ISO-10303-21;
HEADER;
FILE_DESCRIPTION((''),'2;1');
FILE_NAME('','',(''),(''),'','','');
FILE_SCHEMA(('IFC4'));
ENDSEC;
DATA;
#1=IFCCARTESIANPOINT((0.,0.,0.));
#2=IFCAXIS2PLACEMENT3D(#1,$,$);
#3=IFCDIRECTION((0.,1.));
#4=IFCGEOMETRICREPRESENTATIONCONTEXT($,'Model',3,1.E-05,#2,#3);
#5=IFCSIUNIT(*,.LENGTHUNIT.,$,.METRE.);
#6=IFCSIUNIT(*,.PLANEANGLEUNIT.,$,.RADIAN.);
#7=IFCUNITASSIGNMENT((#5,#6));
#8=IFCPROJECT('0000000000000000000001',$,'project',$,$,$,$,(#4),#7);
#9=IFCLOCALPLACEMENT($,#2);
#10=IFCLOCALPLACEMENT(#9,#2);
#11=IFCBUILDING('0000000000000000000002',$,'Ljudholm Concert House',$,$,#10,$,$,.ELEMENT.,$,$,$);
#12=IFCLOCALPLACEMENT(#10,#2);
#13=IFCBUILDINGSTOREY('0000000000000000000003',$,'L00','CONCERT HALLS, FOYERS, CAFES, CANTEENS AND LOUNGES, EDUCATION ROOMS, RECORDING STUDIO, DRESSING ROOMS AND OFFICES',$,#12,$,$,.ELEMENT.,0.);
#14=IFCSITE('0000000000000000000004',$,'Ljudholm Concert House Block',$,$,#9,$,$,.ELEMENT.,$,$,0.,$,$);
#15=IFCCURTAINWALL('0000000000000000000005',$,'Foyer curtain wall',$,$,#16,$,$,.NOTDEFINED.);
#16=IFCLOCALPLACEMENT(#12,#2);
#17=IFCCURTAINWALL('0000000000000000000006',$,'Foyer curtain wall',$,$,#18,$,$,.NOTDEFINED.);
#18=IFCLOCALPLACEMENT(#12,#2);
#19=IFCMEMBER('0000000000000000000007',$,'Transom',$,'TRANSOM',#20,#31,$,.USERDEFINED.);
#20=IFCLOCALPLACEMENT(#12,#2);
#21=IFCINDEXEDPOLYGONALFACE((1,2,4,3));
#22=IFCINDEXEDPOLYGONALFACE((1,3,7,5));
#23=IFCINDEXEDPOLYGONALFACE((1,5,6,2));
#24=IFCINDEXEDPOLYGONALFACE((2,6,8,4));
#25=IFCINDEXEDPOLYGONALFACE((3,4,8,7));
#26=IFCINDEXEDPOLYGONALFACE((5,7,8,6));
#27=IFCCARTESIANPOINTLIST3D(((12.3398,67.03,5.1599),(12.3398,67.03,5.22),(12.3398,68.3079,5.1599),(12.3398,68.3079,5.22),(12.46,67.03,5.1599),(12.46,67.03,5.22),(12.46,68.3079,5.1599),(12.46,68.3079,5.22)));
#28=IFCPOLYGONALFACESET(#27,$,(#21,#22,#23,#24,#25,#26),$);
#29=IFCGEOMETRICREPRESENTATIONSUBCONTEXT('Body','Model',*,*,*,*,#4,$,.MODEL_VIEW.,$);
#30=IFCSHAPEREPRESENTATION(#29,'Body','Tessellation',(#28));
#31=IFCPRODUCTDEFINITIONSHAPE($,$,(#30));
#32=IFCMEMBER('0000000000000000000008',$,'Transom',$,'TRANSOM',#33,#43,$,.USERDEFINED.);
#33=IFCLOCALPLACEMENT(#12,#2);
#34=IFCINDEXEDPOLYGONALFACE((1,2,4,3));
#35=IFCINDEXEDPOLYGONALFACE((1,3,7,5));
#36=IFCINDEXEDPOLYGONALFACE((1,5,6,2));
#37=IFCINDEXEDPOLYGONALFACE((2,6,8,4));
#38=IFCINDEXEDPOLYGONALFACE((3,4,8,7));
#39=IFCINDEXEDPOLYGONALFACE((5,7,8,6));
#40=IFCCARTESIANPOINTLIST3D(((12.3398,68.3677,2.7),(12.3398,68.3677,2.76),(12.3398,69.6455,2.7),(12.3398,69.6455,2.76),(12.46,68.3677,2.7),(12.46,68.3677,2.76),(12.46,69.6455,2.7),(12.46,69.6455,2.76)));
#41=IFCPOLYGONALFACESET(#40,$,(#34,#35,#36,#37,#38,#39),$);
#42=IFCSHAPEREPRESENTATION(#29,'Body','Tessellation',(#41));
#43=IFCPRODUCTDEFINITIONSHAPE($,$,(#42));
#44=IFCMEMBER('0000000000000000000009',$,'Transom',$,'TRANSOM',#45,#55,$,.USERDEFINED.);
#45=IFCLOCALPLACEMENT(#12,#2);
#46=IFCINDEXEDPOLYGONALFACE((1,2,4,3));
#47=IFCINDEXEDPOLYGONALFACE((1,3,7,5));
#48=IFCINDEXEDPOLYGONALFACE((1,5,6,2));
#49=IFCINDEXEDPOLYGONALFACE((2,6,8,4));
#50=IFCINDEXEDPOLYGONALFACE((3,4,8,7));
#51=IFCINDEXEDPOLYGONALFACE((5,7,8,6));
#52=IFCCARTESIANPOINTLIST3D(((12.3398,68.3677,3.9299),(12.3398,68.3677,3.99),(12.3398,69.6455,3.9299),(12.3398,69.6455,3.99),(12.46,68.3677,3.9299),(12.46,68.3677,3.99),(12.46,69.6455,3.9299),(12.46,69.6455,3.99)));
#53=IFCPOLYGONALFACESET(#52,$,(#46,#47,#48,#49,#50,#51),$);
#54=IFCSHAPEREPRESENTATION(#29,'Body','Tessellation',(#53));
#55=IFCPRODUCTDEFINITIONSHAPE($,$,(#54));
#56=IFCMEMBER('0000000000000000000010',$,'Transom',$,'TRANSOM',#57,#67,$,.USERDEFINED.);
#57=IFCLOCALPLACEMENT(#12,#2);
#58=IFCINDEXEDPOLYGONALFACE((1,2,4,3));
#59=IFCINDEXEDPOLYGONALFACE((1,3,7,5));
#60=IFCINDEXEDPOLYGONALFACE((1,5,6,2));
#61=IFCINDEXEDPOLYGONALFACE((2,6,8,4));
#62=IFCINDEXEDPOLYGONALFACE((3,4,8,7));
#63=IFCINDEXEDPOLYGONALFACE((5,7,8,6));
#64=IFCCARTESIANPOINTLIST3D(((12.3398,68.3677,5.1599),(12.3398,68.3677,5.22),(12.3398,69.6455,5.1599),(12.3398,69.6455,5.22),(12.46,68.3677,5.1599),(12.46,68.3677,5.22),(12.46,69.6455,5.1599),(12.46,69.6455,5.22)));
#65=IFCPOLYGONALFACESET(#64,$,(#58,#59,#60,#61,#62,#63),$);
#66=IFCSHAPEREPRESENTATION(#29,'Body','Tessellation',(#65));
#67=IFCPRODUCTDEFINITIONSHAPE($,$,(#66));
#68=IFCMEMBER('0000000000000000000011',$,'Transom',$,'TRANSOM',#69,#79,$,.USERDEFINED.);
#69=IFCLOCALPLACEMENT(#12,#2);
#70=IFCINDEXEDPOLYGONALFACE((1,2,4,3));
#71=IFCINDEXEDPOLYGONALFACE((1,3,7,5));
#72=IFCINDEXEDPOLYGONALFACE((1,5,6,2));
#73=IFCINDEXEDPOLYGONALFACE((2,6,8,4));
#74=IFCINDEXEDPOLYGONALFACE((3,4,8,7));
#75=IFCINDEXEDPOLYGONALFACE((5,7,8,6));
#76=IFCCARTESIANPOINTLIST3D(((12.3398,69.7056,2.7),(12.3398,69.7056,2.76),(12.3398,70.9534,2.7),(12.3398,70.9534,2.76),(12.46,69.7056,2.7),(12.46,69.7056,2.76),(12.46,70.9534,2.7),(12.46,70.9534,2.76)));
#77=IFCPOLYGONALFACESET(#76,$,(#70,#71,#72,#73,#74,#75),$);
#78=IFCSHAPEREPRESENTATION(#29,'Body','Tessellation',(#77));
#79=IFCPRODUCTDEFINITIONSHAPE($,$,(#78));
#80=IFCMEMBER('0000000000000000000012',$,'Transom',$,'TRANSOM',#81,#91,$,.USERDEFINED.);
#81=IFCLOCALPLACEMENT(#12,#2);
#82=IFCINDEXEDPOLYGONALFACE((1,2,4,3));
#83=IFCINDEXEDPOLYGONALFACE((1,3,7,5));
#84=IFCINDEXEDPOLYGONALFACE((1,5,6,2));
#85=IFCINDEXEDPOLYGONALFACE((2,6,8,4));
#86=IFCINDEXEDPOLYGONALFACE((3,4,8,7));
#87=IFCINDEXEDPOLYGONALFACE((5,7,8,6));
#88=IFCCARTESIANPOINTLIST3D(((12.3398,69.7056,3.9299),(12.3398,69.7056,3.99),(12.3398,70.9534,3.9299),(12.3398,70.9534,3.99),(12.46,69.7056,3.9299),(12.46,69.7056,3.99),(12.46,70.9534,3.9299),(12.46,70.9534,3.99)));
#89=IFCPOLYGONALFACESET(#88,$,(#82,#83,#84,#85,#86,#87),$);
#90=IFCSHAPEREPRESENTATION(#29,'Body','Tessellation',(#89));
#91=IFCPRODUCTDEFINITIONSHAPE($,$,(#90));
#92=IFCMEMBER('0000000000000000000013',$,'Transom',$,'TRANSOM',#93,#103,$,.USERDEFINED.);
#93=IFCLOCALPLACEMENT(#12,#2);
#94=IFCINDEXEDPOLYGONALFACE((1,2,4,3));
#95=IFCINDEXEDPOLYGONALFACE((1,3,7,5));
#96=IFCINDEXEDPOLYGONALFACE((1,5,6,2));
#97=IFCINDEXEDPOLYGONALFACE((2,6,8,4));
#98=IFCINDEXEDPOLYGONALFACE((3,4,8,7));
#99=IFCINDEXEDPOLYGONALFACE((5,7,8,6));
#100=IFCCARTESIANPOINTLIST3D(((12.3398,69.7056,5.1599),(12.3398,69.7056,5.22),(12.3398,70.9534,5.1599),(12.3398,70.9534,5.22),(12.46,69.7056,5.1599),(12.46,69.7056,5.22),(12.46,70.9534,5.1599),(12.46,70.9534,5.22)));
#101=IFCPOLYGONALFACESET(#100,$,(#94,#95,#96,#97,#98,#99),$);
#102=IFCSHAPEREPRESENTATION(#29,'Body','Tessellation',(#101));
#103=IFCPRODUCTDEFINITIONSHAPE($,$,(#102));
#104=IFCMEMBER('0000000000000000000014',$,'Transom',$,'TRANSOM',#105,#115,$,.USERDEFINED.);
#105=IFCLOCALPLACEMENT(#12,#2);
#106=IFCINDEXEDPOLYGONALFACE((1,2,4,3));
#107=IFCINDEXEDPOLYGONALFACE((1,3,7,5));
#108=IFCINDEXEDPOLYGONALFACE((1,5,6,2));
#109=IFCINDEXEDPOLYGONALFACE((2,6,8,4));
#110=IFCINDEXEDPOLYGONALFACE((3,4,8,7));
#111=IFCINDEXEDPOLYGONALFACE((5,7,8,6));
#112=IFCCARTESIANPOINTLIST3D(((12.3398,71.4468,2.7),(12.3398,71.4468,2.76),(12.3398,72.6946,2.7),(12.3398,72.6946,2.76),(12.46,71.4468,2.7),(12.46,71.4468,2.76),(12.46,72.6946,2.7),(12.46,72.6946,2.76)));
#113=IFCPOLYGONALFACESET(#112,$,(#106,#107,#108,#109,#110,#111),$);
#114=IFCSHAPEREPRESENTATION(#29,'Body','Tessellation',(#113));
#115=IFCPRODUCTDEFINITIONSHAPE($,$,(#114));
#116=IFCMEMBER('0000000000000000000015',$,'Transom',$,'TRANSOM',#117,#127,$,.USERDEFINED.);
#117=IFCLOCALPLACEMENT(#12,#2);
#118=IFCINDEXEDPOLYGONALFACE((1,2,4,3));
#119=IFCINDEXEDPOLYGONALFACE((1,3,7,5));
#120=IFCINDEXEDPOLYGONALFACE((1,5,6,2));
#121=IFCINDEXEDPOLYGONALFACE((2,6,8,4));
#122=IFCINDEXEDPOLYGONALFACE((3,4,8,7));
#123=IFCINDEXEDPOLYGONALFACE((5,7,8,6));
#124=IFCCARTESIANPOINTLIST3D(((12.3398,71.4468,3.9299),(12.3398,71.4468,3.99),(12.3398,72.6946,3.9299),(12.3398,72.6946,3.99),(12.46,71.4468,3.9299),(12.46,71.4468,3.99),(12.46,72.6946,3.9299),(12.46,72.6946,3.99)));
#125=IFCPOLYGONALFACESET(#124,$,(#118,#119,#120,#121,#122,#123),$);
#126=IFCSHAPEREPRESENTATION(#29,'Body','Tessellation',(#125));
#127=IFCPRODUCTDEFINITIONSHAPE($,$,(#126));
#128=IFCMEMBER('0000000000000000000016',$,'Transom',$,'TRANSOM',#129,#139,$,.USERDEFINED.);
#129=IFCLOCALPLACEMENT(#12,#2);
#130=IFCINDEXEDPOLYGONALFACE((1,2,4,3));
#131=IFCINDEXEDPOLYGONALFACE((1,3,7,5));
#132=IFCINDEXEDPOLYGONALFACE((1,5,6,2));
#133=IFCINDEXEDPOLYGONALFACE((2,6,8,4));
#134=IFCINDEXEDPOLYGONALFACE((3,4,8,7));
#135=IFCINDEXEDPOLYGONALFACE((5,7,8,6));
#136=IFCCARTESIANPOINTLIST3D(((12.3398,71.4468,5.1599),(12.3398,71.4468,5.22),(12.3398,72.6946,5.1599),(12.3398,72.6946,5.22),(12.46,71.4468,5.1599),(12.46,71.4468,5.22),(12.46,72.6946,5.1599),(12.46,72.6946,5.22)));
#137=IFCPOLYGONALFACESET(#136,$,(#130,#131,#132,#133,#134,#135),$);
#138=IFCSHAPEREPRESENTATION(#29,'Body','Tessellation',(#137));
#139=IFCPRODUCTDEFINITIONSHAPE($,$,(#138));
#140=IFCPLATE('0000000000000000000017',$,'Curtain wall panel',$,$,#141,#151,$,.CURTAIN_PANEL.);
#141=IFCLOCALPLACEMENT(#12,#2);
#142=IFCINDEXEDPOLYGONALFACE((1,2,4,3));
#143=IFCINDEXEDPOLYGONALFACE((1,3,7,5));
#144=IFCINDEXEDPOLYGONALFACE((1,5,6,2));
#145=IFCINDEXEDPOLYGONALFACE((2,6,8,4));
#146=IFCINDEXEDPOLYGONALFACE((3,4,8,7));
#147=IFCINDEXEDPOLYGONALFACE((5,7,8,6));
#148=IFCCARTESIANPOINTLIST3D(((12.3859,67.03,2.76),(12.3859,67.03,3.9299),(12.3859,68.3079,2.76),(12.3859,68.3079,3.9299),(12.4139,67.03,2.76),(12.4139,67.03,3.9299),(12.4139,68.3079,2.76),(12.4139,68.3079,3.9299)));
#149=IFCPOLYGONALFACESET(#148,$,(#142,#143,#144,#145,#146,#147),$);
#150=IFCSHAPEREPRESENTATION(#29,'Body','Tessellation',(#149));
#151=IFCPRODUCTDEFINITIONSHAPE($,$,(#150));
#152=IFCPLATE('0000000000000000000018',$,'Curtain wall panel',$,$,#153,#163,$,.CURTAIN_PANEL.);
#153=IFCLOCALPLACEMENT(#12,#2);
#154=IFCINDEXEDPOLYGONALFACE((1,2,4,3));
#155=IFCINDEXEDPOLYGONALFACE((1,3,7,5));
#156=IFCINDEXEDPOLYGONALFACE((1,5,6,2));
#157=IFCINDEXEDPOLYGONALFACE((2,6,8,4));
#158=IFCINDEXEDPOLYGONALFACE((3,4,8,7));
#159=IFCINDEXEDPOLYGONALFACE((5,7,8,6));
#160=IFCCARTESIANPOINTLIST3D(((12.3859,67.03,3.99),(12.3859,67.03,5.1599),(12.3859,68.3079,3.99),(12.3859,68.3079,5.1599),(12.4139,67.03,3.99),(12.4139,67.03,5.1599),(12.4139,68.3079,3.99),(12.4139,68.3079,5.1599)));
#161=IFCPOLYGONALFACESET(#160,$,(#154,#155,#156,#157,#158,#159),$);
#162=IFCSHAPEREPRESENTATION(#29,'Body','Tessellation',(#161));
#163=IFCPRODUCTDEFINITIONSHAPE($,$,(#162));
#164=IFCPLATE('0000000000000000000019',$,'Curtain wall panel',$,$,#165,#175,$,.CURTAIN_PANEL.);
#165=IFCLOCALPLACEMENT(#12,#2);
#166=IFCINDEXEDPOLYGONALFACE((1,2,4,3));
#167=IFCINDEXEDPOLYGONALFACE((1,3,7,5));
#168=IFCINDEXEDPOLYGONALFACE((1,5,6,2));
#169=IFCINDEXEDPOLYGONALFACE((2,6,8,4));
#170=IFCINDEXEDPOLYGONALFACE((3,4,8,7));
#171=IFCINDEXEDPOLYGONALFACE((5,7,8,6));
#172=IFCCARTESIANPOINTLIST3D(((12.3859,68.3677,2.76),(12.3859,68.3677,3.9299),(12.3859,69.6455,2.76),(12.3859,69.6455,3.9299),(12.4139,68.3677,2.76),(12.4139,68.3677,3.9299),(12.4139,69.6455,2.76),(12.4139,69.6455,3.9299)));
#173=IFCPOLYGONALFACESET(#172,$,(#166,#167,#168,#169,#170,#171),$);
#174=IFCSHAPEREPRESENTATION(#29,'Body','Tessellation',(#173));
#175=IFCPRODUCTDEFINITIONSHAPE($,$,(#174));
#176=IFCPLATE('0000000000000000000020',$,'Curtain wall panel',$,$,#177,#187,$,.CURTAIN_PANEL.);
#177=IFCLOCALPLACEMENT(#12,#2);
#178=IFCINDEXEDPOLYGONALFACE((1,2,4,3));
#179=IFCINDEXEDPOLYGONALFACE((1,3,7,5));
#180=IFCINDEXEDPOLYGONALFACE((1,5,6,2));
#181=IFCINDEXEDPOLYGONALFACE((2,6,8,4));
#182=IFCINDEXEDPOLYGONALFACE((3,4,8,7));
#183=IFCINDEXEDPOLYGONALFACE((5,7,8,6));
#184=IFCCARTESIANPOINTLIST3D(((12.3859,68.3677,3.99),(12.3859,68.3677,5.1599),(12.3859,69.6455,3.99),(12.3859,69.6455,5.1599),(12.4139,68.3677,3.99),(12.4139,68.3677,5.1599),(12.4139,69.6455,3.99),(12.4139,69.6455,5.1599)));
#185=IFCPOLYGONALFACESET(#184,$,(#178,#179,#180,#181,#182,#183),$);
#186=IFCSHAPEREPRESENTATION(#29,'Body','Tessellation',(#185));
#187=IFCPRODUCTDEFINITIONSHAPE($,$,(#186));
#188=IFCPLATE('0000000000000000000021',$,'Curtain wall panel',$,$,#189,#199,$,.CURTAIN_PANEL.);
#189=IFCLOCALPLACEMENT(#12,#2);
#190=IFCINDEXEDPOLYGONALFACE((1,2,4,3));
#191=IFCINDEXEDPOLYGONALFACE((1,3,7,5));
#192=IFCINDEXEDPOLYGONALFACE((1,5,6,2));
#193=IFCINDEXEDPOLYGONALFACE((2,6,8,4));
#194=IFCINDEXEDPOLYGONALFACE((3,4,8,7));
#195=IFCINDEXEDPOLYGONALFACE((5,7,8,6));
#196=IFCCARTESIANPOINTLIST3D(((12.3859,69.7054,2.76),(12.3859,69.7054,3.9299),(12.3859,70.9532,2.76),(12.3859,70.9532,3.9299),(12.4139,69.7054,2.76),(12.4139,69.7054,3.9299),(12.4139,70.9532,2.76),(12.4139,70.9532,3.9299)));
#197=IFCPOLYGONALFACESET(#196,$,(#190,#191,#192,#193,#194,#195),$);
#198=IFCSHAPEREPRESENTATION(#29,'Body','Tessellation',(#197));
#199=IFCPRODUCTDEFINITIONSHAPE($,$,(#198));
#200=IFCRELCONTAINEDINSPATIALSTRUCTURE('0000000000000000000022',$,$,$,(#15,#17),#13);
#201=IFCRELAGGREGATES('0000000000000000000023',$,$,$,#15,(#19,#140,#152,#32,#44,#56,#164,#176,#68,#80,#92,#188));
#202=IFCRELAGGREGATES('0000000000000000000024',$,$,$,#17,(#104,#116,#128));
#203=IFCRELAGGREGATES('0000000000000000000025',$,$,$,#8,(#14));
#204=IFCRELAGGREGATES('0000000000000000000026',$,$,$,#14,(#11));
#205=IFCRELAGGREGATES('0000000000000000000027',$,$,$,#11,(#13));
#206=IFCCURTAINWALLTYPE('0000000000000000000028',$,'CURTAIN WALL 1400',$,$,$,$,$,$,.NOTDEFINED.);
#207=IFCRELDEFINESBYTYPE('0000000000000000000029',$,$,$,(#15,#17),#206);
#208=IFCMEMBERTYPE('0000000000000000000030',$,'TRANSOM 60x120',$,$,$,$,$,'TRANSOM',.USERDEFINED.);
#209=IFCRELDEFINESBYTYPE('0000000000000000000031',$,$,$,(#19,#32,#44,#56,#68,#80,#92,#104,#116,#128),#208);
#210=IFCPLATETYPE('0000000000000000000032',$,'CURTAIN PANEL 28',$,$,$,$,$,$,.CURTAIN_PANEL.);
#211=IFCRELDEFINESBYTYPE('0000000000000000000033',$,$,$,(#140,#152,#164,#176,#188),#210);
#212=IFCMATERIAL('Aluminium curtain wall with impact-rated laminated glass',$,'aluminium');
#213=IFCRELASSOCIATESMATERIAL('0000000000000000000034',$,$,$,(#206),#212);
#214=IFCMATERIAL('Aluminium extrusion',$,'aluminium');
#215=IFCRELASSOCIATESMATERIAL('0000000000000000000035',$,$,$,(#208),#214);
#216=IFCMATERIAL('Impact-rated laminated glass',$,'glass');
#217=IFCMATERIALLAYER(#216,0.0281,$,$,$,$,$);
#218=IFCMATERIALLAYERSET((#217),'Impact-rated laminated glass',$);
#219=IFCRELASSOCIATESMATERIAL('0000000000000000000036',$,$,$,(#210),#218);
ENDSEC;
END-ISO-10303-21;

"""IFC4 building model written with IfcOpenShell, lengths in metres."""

from ifc_helpers import new_model, si_unit, direction, frame, origin, origin_2d, place, context, subcontext, project, spatial, rectangle, extrude, material, layer, layer_set, material_profile, profile_set, type_object, element, aggregate, save


model = new_model("IFC4")

# Units and contexts
model_context = context("Model", 3, precision=1e-05, world=origin(), true_north=direction((0.0, 1.0)))
body_context = subcontext(model_context, "Body", "Model", "MODEL_VIEW")
ifc_project = project(units=[si_unit("LENGTHUNIT", "METRE"), si_unit("PLANEANGLEUNIT", "RADIAN")], contexts=[model_context])

# Site, building, storey
site_placement = place(None, origin())
site = spatial("IfcSite", under=ifc_project, at=site_placement, Name="Ljudholm Concert House Block", CompositionType="ELEMENT", RefElevation=0.0)
building_placement = place(site_placement, origin())
building = spatial("IfcBuilding", under=site, at=building_placement, Name="Ljudholm Concert House", CompositionType="ELEMENT")
storey_placement = place(building_placement, origin())
storey = spatial("IfcBuildingStorey", under=building, at=storey_placement, Name="L00", Description="CONCERT HALLS, FOYERS, CAFES, CANTEENS AND LOUNGES, EDUCATION ROOMS, RECORDING STUDIO, DRESSING ROOMS AND OFFICES", CompositionType="ELEMENT", Elevation=0.0)

# Curtain wall
ifc_material_1 = material(Name="Aluminium curtain wall with impact-rated laminated glass", Category="aluminium")
curtain_wall_type = type_object("IfcCurtainWallType", Name="CURTAIN WALL 1400", PredefinedType="NOTDEFINED", material=ifc_material_1)
curtain_wall_1_placement = place(storey_placement, origin())
curtain_wall_1 = element("IfcCurtainWall", 1, at=curtain_wall_1_placement, inside=storey, type_object=curtain_wall_type, Name="Foyer curtain wall", PredefinedType="NOTDEFINED")

# Curtain wall
curtain_wall_2_placement = place(storey_placement, origin())
curtain_wall_2 = element("IfcCurtainWall", 2, at=curtain_wall_2_placement, inside=storey, type_object=curtain_wall_type, Name="Foyer curtain wall", PredefinedType="NOTDEFINED")

# Members
ifc_material_2 = material(Name="Aluminium extrusion", Category="aluminium")
ifc_material_profile_1 = material_profile(ifc_material_2, rectangle(XDim=0.1201, YDim=0.0601, at=origin_2d()), Name="TRANSOM 60x120")
ifc_profile_set_1 = profile_set([ifc_material_profile_1], Name="Aluminium extrusion")
member_type_1 = type_object("IfcMemberType", Name="TRANSOM 60x120", ElementType="TRANSOM", PredefinedType="USERDEFINED", material=ifc_profile_set_1)
member_1_placement = place(storey_placement, frame((12.3999, 67.03, 5.1899), z_axis=(0.0, 1.0, 0.0), x_axis=(-1.0, 0.0, 0.0)))
member_1 = element("IfcMember", 3, at=member_1_placement, type_object=member_type_1, Name="Transom", ObjectType="TRANSOM", PredefinedType="USERDEFINED", context=body_context, shape_type="SweptSolid", body=[
    extrude(rectangle(XDim=0.1201, YDim=0.0601, at=origin_2d()), origin(), (0.0, 0.0, 1.0), 1.2778),
])
member_2_placement = place(storey_placement, frame((12.3999, 68.3677, 2.73), z_axis=(0.0, 1.0, 0.0), x_axis=(-1.0, 0.0, 0.0)))
member_2 = element("IfcMember", 4, at=member_2_placement, type_object=member_type_1, Name="Transom", ObjectType="TRANSOM", PredefinedType="USERDEFINED", context=body_context, shape_type="SweptSolid", body=[
    extrude(rectangle(XDim=0.1201, YDim=0.0601, at=origin_2d()), origin(), (0.0, 0.0, 1.0), 1.2778),
])
member_3_placement = place(storey_placement, frame((12.3999, 68.3677, 3.96), z_axis=(0.0, 1.0, 0.0), x_axis=(-1.0, 0.0, 0.0)))
member_3 = element("IfcMember", 5, at=member_3_placement, type_object=member_type_1, Name="Transom", ObjectType="TRANSOM", PredefinedType="USERDEFINED", context=body_context, shape_type="SweptSolid", body=[
    extrude(rectangle(XDim=0.1201, YDim=0.0601, at=origin_2d()), origin(), (0.0, 0.0, 1.0), 1.2778),
])
member_4_placement = place(storey_placement, frame((12.3999, 68.3677, 5.1899), z_axis=(0.0, 1.0, 0.0), x_axis=(-1.0, 0.0, 0.0)))
member_4 = element("IfcMember", 6, at=member_4_placement, type_object=member_type_1, Name="Transom", ObjectType="TRANSOM", PredefinedType="USERDEFINED", context=body_context, shape_type="SweptSolid", body=[
    extrude(rectangle(XDim=0.1201, YDim=0.0601, at=origin_2d()), origin(), (0.0, 0.0, 1.0), 1.2778),
])
member_5_placement = place(storey_placement, frame((12.3999, 69.7056, 2.73), z_axis=(0.0, 1.0, 0.0), x_axis=(-1.0, 0.0, 0.0)))
member_5 = element("IfcMember", 7, at=member_5_placement, type_object=member_type_1, Name="Transom", ObjectType="TRANSOM", PredefinedType="USERDEFINED", context=body_context, shape_type="SweptSolid", body=[
    extrude(rectangle(XDim=0.1201, YDim=0.0601, at=origin_2d()), origin(), (0.0, 0.0, 1.0), 1.2478),
])
member_6_placement = place(storey_placement, frame((12.3999, 69.7056, 3.96), z_axis=(0.0, 1.0, 0.0), x_axis=(-1.0, 0.0, 0.0)))
member_6 = element("IfcMember", 8, at=member_6_placement, type_object=member_type_1, Name="Transom", ObjectType="TRANSOM", PredefinedType="USERDEFINED", context=body_context, shape_type="SweptSolid", body=[
    extrude(rectangle(XDim=0.1201, YDim=0.0601, at=origin_2d()), origin(), (0.0, 0.0, 1.0), 1.2478),
])
member_7_placement = place(storey_placement, frame((12.3999, 69.7056, 5.1899), z_axis=(0.0, 1.0, 0.0), x_axis=(-1.0, 0.0, 0.0)))
member_7 = element("IfcMember", 9, at=member_7_placement, type_object=member_type_1, Name="Transom", ObjectType="TRANSOM", PredefinedType="USERDEFINED", context=body_context, shape_type="SweptSolid", body=[
    extrude(rectangle(XDim=0.1201, YDim=0.0601, at=origin_2d()), origin(), (0.0, 0.0, 1.0), 1.2478),
])
member_8_placement = place(storey_placement, frame((12.3999, 71.4468, 2.73), z_axis=(0.0, 1.0, 0.0), x_axis=(-1.0, 0.0, 0.0)))
member_8 = element("IfcMember", 10, at=member_8_placement, type_object=member_type_1, Name="Transom", ObjectType="TRANSOM", PredefinedType="USERDEFINED", context=body_context, shape_type="SweptSolid", body=[
    extrude(rectangle(XDim=0.1201, YDim=0.0601, at=origin_2d()), origin(), (0.0, 0.0, 1.0), 1.2478),
])
member_9_placement = place(storey_placement, frame((12.3999, 71.4468, 3.96), z_axis=(0.0, 1.0, 0.0), x_axis=(-1.0, 0.0, 0.0)))
member_9 = element("IfcMember", 11, at=member_9_placement, type_object=member_type_1, Name="Transom", ObjectType="TRANSOM", PredefinedType="USERDEFINED", context=body_context, shape_type="SweptSolid", body=[
    extrude(rectangle(XDim=0.1201, YDim=0.0601, at=origin_2d()), origin(), (0.0, 0.0, 1.0), 1.2478),
])
member_10_placement = place(storey_placement, frame((12.3999, 71.4468, 5.1899), z_axis=(0.0, 1.0, 0.0), x_axis=(-1.0, 0.0, 0.0)))
member_10 = element("IfcMember", 12, at=member_10_placement, type_object=member_type_1, Name="Transom", ObjectType="TRANSOM", PredefinedType="USERDEFINED", context=body_context, shape_type="SweptSolid", body=[
    extrude(rectangle(XDim=0.1201, YDim=0.0601, at=origin_2d()), origin(), (0.0, 0.0, 1.0), 1.2478),
])

# Plates
ifc_material_3 = material(Name="Impact-rated laminated glass", Category="glass")
ifc_layer_1 = layer(ifc_material_3, 0.0281)
ifc_layer_set_1 = layer_set([ifc_layer_1], Name="Impact-rated laminated glass")
plate_type = type_object("IfcPlateType", Name="CURTAIN PANEL 28", PredefinedType="CURTAIN_PANEL", material=ifc_layer_set_1)
plate_1_placement = place(storey_placement, frame((12.3999, 67.6689, 2.76), z_axis=(0.0, 0.0, 1.0), x_axis=(0.0, 1.0, 0.0)))
plate_1 = element("IfcPlate", 13, at=plate_1_placement, type_object=plate_type, Name="Curtain wall panel", PredefinedType="CURTAIN_PANEL", context=body_context, shape_type="SweptSolid", body=[
    extrude(rectangle(XDim=1.2778, YDim=0.0281, at=origin_2d()), origin(), (0.0, 0.0, 1.0), 1.1699),
])
plate_2_placement = place(storey_placement, frame((12.3999, 67.6689, 3.99), z_axis=(0.0, 0.0, 1.0), x_axis=(0.0, 1.0, 0.0)))
plate_2 = element("IfcPlate", 14, at=plate_2_placement, type_object=plate_type, Name="Curtain wall panel", PredefinedType="CURTAIN_PANEL", context=body_context, shape_type="SweptSolid", body=[
    extrude(rectangle(XDim=1.2778, YDim=0.0281, at=origin_2d()), origin(), (0.0, 0.0, 1.0), 1.1699),
])
plate_3_placement = place(storey_placement, frame((12.3999, 69.0066, 2.76), z_axis=(0.0, 0.0, 1.0), x_axis=(0.0, 1.0, 0.0)))
plate_3 = element("IfcPlate", 15, at=plate_3_placement, type_object=plate_type, Name="Curtain wall panel", PredefinedType="CURTAIN_PANEL", context=body_context, shape_type="SweptSolid", body=[
    extrude(rectangle(XDim=1.2778, YDim=0.0281, at=origin_2d()), origin(), (0.0, 0.0, 1.0), 1.1699),
])
plate_4_placement = place(storey_placement, frame((12.3999, 69.0066, 3.99), z_axis=(0.0, 0.0, 1.0), x_axis=(0.0, 1.0, 0.0)))
plate_4 = element("IfcPlate", 16, at=plate_4_placement, type_object=plate_type, Name="Curtain wall panel", PredefinedType="CURTAIN_PANEL", context=body_context, shape_type="SweptSolid", body=[
    extrude(rectangle(XDim=1.2778, YDim=0.0281, at=origin_2d()), origin(), (0.0, 0.0, 1.0), 1.1699),
])
plate_5_placement = place(storey_placement, frame((12.3999, 70.3293, 2.76), z_axis=(0.0, 0.0, 1.0), x_axis=(0.0, 1.0, 0.0)))
plate_5 = element("IfcPlate", 17, at=plate_5_placement, type_object=plate_type, Name="Curtain wall panel", PredefinedType="CURTAIN_PANEL", context=body_context, shape_type="SweptSolid", body=[
    extrude(rectangle(XDim=1.2478, YDim=0.0281, at=origin_2d()), origin(), (0.0, 0.0, 1.0), 1.1699),
])
aggregate(curtain_wall_1, [member_1, plate_1, plate_2, member_2, member_3, member_4, plate_3, plate_4, member_5, member_6, member_7, plate_5])
aggregate(curtain_wall_2, [member_8, member_9, member_10])

save(model, "model.ifc")
